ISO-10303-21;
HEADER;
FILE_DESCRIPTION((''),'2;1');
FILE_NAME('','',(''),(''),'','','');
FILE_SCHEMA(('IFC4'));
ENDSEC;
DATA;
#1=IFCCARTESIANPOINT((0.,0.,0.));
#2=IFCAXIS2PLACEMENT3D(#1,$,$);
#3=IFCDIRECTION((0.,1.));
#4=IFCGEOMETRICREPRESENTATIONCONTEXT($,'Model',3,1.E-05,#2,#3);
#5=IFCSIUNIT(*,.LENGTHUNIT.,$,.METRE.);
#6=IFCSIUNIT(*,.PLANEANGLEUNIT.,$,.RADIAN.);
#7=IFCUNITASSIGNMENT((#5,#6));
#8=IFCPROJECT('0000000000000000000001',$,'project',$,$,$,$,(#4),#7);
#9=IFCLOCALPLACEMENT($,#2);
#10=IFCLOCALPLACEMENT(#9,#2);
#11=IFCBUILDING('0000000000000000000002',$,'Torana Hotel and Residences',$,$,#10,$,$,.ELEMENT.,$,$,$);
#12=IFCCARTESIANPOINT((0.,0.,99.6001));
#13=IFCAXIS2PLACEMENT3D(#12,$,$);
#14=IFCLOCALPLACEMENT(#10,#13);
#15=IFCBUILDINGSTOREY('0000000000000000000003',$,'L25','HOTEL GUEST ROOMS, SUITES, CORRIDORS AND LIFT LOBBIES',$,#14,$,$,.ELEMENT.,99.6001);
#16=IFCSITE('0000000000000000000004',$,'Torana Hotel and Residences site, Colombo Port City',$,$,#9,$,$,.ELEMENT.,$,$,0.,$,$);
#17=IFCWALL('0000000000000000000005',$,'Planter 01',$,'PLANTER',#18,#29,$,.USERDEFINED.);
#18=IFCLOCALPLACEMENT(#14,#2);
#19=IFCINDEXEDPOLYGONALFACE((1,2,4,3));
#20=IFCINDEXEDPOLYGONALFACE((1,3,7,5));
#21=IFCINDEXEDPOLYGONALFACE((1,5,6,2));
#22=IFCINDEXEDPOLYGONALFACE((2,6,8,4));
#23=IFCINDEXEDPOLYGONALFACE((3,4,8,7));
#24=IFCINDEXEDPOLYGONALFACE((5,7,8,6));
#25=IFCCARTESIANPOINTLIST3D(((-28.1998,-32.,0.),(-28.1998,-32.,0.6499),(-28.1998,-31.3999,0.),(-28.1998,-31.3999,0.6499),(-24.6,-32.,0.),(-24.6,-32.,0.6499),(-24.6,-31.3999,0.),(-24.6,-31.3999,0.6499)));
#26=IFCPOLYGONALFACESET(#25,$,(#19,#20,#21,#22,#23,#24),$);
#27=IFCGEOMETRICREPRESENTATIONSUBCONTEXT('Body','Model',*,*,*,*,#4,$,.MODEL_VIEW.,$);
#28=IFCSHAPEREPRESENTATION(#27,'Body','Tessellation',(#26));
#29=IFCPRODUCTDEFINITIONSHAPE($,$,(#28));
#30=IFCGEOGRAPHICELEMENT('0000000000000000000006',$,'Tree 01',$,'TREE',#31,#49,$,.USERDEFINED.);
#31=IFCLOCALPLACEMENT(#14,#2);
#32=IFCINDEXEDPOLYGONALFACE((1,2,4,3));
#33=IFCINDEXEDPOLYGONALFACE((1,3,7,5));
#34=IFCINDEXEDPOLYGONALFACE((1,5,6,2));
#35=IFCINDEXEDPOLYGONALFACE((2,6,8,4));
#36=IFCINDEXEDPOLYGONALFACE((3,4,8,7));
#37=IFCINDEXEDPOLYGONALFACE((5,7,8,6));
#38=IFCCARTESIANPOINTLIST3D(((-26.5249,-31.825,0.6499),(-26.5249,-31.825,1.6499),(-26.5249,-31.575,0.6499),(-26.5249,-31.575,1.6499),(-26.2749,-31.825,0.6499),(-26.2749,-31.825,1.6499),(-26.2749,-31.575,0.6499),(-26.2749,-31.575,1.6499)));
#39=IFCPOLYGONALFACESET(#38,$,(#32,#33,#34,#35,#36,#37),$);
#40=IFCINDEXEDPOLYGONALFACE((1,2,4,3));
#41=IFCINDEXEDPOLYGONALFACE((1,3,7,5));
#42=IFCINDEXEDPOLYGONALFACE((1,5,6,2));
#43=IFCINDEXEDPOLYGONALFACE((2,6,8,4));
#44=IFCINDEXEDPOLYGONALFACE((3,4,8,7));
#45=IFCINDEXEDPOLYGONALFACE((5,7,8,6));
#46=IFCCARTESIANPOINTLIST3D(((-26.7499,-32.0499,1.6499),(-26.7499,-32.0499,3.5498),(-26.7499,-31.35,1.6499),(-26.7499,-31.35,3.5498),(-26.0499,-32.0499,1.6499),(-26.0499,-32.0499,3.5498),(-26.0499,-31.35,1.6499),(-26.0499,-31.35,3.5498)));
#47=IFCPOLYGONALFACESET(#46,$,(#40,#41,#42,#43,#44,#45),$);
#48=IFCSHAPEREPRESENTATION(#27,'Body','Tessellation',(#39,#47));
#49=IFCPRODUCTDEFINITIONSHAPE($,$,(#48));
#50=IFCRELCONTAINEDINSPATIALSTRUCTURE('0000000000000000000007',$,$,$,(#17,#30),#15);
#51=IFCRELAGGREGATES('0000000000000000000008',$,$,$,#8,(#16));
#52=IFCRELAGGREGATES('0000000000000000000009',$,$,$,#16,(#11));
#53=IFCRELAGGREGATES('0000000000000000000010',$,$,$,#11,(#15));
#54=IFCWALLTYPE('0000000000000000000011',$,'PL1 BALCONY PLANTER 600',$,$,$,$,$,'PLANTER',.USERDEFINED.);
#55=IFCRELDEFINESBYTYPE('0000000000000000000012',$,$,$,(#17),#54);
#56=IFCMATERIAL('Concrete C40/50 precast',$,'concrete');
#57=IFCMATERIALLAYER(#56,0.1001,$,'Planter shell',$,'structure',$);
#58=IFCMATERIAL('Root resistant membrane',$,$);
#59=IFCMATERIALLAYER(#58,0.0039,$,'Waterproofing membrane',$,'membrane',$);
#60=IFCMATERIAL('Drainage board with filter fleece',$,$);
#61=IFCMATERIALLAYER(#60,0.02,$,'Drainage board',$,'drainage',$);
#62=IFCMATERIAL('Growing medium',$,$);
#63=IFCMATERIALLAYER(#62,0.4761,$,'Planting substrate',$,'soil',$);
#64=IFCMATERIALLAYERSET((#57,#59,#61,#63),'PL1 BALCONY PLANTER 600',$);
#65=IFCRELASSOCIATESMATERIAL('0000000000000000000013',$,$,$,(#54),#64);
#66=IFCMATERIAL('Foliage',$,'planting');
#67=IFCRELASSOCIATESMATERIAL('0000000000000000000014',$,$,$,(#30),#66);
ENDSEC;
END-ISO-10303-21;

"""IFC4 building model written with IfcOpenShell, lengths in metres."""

from ifc_helpers import new_model, si_unit, direction, frame, frame_2d, origin, origin_2d, place, context, subcontext, project, spatial, rectangle, extrude, material, layer, layer_set, type_object, element, save


model = new_model("IFC4")

# Units and contexts
model_context = context("Model", 3, precision=1e-05, world=origin(), true_north=direction((0.0, 1.0)))
body_context = subcontext(model_context, "Body", "Model", "MODEL_VIEW")
ifc_project = project(units=[si_unit("LENGTHUNIT", "METRE"), si_unit("PLANEANGLEUNIT", "RADIAN")], contexts=[model_context])

# Site, building, storey
site_placement = place(None, origin())
site = spatial("IfcSite", under=ifc_project, at=site_placement, Name="Torana Hotel and Residences site, Colombo Port City", CompositionType="ELEMENT", RefElevation=0.0)
building_placement = place(site_placement, origin())
building = spatial("IfcBuilding", under=site, at=building_placement, Name="Torana Hotel and Residences", CompositionType="ELEMENT")
storey_placement = place(building_placement, frame((0.0, 0.0, 99.6001)))
storey = spatial("IfcBuildingStorey", under=building, at=storey_placement, Name="L25", Description="HOTEL GUEST ROOMS, SUITES, CORRIDORS AND LIFT LOBBIES", CompositionType="ELEMENT", Elevation=99.6001)

# Wall
ifc_material_1 = material(Name="Concrete C40/50 precast", Category="concrete")
ifc_layer_1 = layer(ifc_material_1, 0.1001, Name="Planter shell", Category="structure")
ifc_material_2 = material(Name="Root resistant membrane")
ifc_layer_2 = layer(ifc_material_2, 0.0039, Name="Waterproofing membrane", Category="membrane")
ifc_material_3 = material(Name="Drainage board with filter fleece")
ifc_layer_3 = layer(ifc_material_3, 0.02, Name="Drainage board", Category="drainage")
ifc_material_4 = material(Name="Growing medium")
ifc_layer_4 = layer(ifc_material_4, 0.4761, Name="Planting substrate", Category="soil")
ifc_layer_set_1 = layer_set([ifc_layer_1, ifc_layer_2, ifc_layer_3, ifc_layer_4], Name="PL1 BALCONY PLANTER 600")
wall_type_1 = type_object("IfcWallType", Name="PL1 BALCONY PLANTER 600", ElementType="PLANTER", PredefinedType="USERDEFINED", material=ifc_layer_set_1)
wall_1_placement = place(storey_placement, frame((-24.6001, -31.7, 0.0), z_axis=(0.0, 0.0, 1.0), x_axis=(-1.0, 0.0, 0.0)))
element("IfcWall", 1, at=wall_1_placement, inside=storey, type_object=wall_type_1, Name="Planter 01", ObjectType="PLANTER", PredefinedType="USERDEFINED", context=body_context, shape_type="SweptSolid", body=[
    extrude(rectangle(XDim=3.5999, YDim=0.6001, at=frame_2d((1.7998, 0.0))), origin(), (0.0, 0.0, 1.0), 0.6499),
])

# Geographic element
ifc_material_5 = material(Name="Foliage", Category="planting")
geographic_element_placement = place(storey_placement, frame((-26.3999, -31.7, 0.6499), z_axis=(0.0, 0.0, 1.0), x_axis=(1.0, 0.0, 0.0)))
element("IfcGeographicElement", 2, at=geographic_element_placement, inside=storey, material=ifc_material_5, Name="Tree 01", ObjectType="TREE", PredefinedType="USERDEFINED", context=body_context, shape_type="SweptSolid", body=[
    extrude(rectangle(XDim=0.25, YDim=0.25, at=origin_2d()), origin(), (0.0, 0.0, 1.0), 1.0),
    extrude(rectangle(XDim=0.7, YDim=0.7, at=origin_2d()), frame((0.0, 0.0, 1.0)), (0.0, 0.0, 1.0), 1.8999),
])

save(model, "model.ifc")
